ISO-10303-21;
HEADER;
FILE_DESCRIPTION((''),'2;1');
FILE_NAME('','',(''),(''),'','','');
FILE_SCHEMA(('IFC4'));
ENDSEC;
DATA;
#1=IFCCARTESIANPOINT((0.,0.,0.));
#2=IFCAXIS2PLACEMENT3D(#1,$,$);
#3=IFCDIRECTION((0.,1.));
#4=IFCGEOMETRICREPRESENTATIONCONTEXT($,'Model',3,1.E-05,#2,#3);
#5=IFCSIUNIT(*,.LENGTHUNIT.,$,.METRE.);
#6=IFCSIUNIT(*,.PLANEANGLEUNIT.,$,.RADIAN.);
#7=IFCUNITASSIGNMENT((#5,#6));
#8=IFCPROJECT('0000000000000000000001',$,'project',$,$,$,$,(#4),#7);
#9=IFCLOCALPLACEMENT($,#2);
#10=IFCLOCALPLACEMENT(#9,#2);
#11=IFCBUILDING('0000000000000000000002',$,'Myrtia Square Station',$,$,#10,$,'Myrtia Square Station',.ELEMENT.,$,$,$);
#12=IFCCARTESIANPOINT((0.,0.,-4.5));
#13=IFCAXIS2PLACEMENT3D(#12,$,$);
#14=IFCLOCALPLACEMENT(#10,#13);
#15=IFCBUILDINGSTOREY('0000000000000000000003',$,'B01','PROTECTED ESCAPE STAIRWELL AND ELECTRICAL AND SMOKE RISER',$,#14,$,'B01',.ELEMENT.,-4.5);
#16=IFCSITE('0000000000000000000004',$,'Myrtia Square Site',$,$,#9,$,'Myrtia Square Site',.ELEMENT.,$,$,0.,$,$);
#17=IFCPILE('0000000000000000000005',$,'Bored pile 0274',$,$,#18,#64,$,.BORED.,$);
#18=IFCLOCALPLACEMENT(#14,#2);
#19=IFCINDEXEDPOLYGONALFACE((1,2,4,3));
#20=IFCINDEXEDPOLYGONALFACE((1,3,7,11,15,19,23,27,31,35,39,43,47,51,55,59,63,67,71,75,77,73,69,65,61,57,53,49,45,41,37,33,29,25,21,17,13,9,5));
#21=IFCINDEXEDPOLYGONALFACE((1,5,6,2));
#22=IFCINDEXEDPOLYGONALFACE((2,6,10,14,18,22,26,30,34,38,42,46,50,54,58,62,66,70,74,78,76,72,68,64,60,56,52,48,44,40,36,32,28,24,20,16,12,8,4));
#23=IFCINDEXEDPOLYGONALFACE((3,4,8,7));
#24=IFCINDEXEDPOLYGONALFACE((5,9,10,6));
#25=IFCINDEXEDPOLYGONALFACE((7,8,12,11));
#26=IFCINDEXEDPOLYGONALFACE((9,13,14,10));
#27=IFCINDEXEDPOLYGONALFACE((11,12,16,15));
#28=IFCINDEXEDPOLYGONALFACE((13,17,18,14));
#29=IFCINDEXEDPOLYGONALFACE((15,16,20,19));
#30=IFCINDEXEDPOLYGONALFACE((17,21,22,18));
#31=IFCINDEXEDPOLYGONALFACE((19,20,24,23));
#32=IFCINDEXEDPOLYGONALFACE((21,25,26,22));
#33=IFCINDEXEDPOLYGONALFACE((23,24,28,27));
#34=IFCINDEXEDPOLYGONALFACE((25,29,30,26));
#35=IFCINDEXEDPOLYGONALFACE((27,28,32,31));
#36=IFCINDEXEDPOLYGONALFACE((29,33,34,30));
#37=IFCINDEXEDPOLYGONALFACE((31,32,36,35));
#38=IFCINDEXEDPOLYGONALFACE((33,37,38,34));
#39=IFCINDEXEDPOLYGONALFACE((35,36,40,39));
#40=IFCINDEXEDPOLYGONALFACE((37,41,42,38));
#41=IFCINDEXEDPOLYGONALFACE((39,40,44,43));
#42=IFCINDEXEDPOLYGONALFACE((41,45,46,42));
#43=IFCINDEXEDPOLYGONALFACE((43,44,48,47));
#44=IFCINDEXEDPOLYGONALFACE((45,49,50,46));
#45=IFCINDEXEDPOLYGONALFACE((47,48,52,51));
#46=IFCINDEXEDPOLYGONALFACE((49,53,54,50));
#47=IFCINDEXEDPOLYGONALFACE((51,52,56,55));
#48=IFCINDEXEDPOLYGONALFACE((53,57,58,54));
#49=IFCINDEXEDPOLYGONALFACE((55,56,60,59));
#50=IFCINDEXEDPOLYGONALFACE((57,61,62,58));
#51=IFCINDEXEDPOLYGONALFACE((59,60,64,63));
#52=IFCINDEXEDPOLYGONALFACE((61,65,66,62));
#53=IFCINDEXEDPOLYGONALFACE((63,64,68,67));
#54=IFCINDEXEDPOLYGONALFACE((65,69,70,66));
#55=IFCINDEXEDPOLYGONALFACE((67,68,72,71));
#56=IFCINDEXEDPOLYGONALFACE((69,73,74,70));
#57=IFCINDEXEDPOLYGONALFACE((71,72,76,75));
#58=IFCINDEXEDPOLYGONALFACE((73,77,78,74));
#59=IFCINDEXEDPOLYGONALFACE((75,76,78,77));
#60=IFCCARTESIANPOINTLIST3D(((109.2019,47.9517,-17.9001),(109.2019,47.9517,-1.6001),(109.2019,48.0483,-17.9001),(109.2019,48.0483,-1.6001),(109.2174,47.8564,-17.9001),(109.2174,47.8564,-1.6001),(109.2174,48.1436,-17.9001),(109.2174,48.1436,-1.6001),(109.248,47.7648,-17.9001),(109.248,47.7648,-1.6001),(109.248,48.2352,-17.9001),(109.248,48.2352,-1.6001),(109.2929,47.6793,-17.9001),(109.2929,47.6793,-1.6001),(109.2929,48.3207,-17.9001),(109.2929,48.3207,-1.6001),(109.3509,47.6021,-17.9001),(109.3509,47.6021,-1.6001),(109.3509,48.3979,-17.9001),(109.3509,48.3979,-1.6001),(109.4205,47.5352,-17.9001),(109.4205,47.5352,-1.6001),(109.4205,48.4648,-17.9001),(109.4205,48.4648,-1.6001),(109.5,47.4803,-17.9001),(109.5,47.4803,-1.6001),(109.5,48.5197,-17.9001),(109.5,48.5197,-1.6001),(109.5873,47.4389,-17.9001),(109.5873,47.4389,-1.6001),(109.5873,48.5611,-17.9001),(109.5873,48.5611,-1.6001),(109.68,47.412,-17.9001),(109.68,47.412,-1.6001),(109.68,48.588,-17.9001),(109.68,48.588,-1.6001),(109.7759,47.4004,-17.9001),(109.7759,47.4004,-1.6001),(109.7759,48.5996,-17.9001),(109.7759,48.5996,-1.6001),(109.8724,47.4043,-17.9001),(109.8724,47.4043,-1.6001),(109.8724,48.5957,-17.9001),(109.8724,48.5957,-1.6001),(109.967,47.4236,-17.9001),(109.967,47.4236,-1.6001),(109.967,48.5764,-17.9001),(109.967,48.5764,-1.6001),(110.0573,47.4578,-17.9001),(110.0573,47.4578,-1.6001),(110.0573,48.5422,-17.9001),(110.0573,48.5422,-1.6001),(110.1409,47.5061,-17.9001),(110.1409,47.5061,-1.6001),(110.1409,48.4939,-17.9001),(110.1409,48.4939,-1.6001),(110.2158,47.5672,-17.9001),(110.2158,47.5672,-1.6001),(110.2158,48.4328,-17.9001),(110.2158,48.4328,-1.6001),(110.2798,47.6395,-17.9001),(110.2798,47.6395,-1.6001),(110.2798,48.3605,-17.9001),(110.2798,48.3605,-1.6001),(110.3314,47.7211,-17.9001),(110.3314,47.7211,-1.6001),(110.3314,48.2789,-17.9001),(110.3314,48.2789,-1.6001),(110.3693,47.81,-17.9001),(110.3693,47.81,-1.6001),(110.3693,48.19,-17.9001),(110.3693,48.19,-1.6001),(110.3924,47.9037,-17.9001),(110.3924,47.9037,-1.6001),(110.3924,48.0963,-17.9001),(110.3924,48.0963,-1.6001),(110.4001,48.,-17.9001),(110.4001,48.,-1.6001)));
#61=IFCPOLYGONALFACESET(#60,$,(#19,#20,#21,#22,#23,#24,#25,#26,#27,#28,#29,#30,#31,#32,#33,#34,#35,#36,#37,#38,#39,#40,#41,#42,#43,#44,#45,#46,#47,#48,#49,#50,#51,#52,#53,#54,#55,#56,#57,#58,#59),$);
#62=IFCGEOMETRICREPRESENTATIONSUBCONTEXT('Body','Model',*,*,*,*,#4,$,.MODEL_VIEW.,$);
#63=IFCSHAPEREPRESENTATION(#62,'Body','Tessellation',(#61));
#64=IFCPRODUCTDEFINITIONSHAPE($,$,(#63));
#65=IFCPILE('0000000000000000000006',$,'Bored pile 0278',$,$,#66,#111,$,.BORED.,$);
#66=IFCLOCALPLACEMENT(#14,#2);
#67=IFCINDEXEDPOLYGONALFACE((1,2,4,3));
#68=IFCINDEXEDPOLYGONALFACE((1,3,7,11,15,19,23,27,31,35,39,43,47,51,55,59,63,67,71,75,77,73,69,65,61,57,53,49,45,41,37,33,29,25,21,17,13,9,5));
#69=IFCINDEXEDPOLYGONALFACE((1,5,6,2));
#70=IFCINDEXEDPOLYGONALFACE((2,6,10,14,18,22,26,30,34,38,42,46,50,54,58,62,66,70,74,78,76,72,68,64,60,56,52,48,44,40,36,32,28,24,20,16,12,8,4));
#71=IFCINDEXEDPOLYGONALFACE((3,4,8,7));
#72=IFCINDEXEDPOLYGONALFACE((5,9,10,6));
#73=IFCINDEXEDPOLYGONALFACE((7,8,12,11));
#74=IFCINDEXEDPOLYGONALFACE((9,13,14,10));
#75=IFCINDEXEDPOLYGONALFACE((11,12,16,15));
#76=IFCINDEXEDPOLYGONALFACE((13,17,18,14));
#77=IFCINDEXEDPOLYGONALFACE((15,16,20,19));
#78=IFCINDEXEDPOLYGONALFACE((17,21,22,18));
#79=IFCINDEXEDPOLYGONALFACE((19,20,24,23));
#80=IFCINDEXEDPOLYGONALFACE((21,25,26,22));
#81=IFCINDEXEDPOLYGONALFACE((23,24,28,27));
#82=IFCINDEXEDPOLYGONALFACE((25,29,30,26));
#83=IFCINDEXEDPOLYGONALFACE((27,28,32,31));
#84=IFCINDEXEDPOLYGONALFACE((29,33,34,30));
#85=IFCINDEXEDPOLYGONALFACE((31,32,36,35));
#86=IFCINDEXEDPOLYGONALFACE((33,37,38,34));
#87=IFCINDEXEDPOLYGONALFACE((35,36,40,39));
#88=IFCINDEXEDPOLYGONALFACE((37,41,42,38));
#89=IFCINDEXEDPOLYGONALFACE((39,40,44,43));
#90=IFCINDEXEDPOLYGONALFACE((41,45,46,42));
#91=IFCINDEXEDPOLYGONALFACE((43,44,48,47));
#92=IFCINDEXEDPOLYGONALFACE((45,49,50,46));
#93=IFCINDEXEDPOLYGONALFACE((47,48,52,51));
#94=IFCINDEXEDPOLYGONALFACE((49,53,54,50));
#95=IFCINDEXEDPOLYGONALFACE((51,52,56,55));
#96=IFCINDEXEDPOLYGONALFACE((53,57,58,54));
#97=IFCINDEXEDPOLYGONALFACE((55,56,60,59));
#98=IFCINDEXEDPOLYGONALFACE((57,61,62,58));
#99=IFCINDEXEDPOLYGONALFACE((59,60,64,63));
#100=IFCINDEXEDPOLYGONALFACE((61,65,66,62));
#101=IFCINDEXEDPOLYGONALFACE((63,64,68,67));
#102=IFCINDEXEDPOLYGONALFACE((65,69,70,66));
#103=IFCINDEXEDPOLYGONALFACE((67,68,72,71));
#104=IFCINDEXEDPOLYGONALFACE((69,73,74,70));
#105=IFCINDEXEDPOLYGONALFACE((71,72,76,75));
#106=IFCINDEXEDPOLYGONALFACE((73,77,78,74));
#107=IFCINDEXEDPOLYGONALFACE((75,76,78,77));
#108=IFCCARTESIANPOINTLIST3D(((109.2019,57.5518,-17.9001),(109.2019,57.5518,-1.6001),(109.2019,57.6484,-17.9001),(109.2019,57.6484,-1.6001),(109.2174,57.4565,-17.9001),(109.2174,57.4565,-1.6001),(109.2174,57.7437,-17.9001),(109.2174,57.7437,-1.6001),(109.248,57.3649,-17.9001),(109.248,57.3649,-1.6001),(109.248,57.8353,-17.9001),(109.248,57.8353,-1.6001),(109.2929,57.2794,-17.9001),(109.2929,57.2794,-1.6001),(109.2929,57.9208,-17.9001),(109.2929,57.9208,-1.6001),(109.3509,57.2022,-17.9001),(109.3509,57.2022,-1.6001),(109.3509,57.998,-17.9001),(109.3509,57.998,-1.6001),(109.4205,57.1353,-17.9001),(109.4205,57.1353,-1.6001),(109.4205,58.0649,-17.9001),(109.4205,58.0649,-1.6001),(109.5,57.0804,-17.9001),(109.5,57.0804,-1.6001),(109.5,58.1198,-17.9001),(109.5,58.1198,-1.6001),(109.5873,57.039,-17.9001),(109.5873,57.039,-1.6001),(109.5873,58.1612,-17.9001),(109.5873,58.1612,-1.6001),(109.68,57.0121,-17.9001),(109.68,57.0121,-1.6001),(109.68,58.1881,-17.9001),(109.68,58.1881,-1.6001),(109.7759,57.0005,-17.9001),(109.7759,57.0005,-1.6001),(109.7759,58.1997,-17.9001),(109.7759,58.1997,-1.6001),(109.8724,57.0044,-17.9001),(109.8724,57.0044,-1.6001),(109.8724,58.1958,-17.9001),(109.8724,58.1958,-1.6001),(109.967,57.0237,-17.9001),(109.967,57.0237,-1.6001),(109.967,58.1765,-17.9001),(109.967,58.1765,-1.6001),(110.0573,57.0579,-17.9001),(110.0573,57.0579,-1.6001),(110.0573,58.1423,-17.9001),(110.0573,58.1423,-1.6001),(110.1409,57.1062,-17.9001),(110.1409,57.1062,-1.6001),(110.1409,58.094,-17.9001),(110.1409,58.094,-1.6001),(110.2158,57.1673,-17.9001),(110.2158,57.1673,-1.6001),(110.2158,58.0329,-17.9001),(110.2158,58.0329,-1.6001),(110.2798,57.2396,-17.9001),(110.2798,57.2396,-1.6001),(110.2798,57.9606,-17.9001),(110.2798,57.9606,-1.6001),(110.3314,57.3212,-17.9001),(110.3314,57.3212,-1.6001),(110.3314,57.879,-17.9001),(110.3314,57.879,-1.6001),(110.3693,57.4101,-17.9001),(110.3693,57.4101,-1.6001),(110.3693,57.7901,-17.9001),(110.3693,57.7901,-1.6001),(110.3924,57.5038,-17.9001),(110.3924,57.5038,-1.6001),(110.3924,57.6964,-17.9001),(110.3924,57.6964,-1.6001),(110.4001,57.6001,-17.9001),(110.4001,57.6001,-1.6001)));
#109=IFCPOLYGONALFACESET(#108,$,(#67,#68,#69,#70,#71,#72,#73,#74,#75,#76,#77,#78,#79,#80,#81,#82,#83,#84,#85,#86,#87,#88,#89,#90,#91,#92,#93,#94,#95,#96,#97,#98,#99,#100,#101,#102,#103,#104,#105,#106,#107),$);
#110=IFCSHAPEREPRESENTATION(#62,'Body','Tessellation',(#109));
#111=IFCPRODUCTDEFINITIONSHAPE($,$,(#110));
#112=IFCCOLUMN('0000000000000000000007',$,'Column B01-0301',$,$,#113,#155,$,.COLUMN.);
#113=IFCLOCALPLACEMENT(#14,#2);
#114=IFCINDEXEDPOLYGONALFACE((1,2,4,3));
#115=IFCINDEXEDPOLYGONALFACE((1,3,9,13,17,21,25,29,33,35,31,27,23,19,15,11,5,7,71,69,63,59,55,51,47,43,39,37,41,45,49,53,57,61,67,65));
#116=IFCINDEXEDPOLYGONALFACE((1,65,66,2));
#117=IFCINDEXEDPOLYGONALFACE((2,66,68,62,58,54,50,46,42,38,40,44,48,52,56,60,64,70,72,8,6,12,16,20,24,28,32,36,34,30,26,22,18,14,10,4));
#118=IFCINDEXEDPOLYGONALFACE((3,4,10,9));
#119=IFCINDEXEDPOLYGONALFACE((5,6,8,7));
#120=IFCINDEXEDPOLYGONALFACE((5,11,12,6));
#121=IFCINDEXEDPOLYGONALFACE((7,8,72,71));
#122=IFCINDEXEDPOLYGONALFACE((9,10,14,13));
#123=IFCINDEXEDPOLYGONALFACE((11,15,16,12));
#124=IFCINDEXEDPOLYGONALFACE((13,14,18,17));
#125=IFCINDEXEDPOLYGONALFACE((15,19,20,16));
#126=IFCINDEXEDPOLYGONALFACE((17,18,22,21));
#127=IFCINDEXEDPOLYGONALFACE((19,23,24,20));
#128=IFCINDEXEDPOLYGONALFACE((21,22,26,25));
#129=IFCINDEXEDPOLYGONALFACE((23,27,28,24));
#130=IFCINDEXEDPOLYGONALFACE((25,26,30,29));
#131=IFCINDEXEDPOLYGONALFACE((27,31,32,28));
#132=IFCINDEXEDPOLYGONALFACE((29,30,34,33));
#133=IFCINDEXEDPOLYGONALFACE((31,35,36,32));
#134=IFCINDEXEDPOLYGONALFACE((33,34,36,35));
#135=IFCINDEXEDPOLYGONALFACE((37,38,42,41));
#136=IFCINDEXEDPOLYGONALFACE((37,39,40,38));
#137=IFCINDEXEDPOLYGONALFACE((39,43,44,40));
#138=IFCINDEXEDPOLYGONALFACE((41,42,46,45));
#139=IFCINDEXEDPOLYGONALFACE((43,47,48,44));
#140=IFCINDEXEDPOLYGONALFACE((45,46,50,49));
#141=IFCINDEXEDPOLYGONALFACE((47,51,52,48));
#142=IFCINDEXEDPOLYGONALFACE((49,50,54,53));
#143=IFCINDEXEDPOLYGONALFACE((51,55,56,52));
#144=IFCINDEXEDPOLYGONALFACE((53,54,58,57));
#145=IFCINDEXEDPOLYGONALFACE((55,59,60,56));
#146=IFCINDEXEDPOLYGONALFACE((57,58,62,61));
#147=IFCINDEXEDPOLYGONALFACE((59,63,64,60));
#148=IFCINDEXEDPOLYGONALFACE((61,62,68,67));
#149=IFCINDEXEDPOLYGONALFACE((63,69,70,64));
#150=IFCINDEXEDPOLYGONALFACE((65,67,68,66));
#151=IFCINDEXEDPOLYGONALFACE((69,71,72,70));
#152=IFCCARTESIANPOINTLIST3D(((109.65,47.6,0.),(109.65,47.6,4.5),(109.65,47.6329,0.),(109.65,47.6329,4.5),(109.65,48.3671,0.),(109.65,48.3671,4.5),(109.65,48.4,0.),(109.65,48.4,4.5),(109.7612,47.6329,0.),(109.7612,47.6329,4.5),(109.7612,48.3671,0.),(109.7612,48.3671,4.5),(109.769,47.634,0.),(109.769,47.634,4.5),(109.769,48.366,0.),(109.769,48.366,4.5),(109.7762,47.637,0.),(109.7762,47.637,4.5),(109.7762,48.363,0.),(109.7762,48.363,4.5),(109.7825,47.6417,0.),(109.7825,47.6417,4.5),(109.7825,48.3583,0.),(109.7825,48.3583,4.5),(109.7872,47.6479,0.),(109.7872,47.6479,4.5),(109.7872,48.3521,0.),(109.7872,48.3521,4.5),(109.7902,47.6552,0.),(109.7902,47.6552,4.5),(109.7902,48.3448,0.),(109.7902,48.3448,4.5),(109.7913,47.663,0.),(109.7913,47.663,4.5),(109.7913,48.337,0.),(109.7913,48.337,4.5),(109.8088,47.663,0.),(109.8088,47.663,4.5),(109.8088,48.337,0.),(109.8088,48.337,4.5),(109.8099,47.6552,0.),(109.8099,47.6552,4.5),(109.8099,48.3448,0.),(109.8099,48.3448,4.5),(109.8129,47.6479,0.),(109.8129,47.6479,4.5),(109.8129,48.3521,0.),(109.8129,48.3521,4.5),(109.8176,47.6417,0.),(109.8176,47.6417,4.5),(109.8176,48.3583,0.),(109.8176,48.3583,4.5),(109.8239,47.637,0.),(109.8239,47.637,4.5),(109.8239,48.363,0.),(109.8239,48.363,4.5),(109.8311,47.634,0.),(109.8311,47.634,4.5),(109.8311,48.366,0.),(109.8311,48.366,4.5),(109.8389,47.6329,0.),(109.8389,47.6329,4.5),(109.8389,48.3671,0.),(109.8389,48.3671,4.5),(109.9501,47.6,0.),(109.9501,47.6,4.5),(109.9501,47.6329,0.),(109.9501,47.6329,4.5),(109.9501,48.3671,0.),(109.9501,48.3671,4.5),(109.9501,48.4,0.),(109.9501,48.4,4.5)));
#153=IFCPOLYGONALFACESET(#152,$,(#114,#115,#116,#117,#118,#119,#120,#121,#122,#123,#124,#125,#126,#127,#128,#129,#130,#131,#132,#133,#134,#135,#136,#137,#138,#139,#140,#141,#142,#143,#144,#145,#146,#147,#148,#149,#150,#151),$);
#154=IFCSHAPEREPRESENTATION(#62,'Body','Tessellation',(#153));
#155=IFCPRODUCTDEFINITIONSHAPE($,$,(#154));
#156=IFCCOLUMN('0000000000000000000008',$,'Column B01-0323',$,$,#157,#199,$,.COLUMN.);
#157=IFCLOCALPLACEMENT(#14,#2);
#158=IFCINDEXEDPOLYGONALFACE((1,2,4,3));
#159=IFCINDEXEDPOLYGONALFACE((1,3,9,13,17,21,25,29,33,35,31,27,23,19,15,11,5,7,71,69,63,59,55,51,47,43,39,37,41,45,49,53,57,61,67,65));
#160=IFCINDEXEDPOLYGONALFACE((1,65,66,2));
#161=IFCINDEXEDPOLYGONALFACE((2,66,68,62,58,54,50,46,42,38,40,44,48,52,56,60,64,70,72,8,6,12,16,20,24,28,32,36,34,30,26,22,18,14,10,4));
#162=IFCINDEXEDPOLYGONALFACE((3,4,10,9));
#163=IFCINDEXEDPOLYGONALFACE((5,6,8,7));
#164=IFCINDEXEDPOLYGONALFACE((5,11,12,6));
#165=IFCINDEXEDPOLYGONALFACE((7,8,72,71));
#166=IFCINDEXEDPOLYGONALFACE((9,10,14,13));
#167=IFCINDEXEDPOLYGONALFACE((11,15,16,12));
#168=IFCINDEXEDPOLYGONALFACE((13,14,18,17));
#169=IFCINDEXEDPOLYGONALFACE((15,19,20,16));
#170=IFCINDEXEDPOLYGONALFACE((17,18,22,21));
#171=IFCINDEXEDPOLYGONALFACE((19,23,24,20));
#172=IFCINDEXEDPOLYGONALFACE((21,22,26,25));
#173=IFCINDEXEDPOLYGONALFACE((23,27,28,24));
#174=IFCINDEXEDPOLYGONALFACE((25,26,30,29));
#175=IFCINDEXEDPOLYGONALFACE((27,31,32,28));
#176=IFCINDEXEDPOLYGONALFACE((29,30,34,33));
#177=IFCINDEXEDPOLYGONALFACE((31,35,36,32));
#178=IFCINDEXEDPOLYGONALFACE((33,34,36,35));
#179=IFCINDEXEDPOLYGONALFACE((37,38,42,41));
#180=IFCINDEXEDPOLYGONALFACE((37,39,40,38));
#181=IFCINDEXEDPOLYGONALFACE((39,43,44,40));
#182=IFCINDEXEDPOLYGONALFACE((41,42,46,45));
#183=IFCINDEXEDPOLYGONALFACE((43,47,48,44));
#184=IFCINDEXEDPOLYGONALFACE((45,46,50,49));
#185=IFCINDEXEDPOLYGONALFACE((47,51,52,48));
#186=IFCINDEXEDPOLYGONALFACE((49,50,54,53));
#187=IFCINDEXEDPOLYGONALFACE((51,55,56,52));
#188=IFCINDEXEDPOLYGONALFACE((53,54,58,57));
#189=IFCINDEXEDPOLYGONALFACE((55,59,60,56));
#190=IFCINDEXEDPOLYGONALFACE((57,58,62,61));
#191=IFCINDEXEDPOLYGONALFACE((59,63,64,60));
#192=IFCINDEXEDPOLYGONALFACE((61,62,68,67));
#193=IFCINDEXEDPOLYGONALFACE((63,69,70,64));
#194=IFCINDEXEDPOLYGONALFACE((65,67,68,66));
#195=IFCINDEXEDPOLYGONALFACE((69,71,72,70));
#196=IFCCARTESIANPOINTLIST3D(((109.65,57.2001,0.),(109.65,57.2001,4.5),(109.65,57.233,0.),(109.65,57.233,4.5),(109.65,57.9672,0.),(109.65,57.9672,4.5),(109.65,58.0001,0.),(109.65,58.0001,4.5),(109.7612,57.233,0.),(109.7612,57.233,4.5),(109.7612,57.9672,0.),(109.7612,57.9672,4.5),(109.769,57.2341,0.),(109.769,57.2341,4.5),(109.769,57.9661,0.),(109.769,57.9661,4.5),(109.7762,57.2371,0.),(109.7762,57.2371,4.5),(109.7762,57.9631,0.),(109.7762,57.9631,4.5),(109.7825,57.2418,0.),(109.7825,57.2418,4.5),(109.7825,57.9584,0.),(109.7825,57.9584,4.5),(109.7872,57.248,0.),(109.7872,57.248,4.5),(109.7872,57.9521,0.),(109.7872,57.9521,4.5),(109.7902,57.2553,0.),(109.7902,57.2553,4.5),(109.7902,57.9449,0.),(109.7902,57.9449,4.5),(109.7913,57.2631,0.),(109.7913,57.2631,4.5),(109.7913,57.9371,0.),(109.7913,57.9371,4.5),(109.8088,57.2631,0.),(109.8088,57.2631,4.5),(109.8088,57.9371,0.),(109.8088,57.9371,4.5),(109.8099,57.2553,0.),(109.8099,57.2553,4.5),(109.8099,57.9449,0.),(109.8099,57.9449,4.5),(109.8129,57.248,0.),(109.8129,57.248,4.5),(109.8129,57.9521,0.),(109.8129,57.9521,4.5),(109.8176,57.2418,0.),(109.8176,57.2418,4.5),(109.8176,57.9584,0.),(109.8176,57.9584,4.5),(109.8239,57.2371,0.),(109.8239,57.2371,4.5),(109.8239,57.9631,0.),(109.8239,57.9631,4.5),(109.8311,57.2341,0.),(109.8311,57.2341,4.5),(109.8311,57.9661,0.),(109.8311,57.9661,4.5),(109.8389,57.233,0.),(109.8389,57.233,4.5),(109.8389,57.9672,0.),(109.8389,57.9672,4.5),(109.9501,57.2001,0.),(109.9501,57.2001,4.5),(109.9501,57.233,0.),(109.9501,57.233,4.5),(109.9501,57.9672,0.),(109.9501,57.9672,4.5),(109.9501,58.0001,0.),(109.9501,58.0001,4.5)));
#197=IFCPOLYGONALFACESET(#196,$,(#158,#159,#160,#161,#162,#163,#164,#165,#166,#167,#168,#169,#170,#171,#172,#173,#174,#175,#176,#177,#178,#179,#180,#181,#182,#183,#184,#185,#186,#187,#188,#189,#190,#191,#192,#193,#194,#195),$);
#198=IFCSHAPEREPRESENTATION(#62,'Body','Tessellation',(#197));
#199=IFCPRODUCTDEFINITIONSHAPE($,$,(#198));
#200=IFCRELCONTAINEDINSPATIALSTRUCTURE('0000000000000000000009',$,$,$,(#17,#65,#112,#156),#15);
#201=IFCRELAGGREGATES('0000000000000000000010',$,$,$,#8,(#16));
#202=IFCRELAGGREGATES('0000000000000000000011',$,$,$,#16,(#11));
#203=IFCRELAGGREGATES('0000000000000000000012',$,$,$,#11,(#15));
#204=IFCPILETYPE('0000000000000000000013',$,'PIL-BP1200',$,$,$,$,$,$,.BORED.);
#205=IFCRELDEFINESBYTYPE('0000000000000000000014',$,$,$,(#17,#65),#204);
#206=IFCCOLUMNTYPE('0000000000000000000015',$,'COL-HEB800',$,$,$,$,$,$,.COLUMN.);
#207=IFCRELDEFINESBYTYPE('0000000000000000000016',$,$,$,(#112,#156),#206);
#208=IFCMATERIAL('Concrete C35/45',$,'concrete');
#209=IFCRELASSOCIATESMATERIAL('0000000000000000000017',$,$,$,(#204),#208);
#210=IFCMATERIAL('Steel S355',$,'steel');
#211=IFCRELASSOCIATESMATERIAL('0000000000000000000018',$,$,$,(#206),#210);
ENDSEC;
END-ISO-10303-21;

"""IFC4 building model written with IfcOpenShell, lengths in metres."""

from ifc_helpers import new_model, si_unit, direction, frame, origin, origin_2d, place, context, subcontext, project, spatial, circle, i_section, extrude, material, material_profile, profile_set, type_object, element, save


model = new_model("IFC4")

# Units and contexts
model_context = context("Model", 3, precision=1e-05, world=origin(), true_north=direction((0.0, 1.0)))
body_context = subcontext(model_context, "Body", "Model", "MODEL_VIEW")
ifc_project = project(units=[si_unit("LENGTHUNIT", "METRE"), si_unit("PLANEANGLEUNIT", "RADIAN")], contexts=[model_context])

# Site, building, storey
site_placement = place(None, origin())
site = spatial("IfcSite", under=ifc_project, at=site_placement, Name="Myrtia Square Site", LongName="Myrtia Square Site", CompositionType="ELEMENT", RefElevation=0.0)
building_placement = place(site_placement, origin())
building = spatial("IfcBuilding", under=site, at=building_placement, Name="Myrtia Square Station", LongName="Myrtia Square Station", CompositionType="ELEMENT")
storey_placement = place(building_placement, frame((0.0, 0.0, -4.5)))
storey = spatial("IfcBuildingStorey", under=building, at=storey_placement, Name="B01", Description="PROTECTED ESCAPE STAIRWELL AND ELECTRICAL AND SMOKE RISER", LongName="B01", CompositionType="ELEMENT", Elevation=-4.5)

# Shared definitions
ifc_material_1 = material(Name="Concrete C35/45", Category="concrete")

# Piles
ifc_material_profile_1 = material_profile(ifc_material_1, circle(Radius=0.6001, at=origin_2d()), Name="BP D1200")
ifc_profile_set_1 = profile_set([ifc_material_profile_1], Name="Concrete C35/45")
pile_type_1 = type_object("IfcPileType", Name="PIL-BP1200", PredefinedType="BORED", material=ifc_profile_set_1)
for number, where, z_axis, x_axis, name in (
    (1, (109.8, 48.0, -1.6001), (0.0, 0.0, -1.0), (1.0, 0.0, 0.0), "Bored pile 0274"),
    (2, (109.8, 57.6001, -1.6001), (0.0, 0.0, -1.0), (1.0, 0.0, 0.0), "Bored pile 0278"),
):
    element("IfcPile", number, at=place(storey_placement, frame(where, z_axis=z_axis, x_axis=x_axis)), inside=storey, type_object=pile_type_1, Name=name, PredefinedType="BORED", context=body_context, shape_type="SweptSolid", body=[
        extrude(circle(Radius=0.6001, at=origin_2d()), origin(), (0.0, 0.0, 1.0), 16.3),
    ])

# Columns
ifc_material_2 = material(Name="Steel S355", Category="steel")
ifc_material_profile_2 = material_profile(ifc_material_2, i_section(OverallWidth=0.3, OverallDepth=0.8, WebThickness=0.0176, FlangeThickness=0.033, FilletRadius=0.03, at=origin_2d()), Name="HEB 800")
ifc_profile_set_2 = profile_set([ifc_material_profile_2], Name="Steel S355")
column_type_1 = type_object("IfcColumnType", Name="COL-HEB800", PredefinedType="COLUMN", material=ifc_profile_set_2)
for number, where, z_axis, x_axis, name in (
    (3, (109.8, 48.0, 0.0), (0.0, 0.0, 1.0), (1.0, 0.0, 0.0), "Column B01-0301"),
    (4, (109.8, 57.6001, 0.0), (0.0, 0.0, 1.0), (1.0, 0.0, 0.0), "Column B01-0323"),
):
    element("IfcColumn", number, at=place(storey_placement, frame(where, z_axis=z_axis, x_axis=x_axis)), inside=storey, type_object=column_type_1, Name=name, PredefinedType="COLUMN", context=body_context, shape_type="SweptSolid", body=[
        extrude(i_section(OverallWidth=0.3, OverallDepth=0.8, WebThickness=0.0176, FlangeThickness=0.033, FilletRadius=0.03, at=origin_2d()), origin(), (0.0, 0.0, 1.0), 4.5),
    ])

save(model, "model.ifc")
